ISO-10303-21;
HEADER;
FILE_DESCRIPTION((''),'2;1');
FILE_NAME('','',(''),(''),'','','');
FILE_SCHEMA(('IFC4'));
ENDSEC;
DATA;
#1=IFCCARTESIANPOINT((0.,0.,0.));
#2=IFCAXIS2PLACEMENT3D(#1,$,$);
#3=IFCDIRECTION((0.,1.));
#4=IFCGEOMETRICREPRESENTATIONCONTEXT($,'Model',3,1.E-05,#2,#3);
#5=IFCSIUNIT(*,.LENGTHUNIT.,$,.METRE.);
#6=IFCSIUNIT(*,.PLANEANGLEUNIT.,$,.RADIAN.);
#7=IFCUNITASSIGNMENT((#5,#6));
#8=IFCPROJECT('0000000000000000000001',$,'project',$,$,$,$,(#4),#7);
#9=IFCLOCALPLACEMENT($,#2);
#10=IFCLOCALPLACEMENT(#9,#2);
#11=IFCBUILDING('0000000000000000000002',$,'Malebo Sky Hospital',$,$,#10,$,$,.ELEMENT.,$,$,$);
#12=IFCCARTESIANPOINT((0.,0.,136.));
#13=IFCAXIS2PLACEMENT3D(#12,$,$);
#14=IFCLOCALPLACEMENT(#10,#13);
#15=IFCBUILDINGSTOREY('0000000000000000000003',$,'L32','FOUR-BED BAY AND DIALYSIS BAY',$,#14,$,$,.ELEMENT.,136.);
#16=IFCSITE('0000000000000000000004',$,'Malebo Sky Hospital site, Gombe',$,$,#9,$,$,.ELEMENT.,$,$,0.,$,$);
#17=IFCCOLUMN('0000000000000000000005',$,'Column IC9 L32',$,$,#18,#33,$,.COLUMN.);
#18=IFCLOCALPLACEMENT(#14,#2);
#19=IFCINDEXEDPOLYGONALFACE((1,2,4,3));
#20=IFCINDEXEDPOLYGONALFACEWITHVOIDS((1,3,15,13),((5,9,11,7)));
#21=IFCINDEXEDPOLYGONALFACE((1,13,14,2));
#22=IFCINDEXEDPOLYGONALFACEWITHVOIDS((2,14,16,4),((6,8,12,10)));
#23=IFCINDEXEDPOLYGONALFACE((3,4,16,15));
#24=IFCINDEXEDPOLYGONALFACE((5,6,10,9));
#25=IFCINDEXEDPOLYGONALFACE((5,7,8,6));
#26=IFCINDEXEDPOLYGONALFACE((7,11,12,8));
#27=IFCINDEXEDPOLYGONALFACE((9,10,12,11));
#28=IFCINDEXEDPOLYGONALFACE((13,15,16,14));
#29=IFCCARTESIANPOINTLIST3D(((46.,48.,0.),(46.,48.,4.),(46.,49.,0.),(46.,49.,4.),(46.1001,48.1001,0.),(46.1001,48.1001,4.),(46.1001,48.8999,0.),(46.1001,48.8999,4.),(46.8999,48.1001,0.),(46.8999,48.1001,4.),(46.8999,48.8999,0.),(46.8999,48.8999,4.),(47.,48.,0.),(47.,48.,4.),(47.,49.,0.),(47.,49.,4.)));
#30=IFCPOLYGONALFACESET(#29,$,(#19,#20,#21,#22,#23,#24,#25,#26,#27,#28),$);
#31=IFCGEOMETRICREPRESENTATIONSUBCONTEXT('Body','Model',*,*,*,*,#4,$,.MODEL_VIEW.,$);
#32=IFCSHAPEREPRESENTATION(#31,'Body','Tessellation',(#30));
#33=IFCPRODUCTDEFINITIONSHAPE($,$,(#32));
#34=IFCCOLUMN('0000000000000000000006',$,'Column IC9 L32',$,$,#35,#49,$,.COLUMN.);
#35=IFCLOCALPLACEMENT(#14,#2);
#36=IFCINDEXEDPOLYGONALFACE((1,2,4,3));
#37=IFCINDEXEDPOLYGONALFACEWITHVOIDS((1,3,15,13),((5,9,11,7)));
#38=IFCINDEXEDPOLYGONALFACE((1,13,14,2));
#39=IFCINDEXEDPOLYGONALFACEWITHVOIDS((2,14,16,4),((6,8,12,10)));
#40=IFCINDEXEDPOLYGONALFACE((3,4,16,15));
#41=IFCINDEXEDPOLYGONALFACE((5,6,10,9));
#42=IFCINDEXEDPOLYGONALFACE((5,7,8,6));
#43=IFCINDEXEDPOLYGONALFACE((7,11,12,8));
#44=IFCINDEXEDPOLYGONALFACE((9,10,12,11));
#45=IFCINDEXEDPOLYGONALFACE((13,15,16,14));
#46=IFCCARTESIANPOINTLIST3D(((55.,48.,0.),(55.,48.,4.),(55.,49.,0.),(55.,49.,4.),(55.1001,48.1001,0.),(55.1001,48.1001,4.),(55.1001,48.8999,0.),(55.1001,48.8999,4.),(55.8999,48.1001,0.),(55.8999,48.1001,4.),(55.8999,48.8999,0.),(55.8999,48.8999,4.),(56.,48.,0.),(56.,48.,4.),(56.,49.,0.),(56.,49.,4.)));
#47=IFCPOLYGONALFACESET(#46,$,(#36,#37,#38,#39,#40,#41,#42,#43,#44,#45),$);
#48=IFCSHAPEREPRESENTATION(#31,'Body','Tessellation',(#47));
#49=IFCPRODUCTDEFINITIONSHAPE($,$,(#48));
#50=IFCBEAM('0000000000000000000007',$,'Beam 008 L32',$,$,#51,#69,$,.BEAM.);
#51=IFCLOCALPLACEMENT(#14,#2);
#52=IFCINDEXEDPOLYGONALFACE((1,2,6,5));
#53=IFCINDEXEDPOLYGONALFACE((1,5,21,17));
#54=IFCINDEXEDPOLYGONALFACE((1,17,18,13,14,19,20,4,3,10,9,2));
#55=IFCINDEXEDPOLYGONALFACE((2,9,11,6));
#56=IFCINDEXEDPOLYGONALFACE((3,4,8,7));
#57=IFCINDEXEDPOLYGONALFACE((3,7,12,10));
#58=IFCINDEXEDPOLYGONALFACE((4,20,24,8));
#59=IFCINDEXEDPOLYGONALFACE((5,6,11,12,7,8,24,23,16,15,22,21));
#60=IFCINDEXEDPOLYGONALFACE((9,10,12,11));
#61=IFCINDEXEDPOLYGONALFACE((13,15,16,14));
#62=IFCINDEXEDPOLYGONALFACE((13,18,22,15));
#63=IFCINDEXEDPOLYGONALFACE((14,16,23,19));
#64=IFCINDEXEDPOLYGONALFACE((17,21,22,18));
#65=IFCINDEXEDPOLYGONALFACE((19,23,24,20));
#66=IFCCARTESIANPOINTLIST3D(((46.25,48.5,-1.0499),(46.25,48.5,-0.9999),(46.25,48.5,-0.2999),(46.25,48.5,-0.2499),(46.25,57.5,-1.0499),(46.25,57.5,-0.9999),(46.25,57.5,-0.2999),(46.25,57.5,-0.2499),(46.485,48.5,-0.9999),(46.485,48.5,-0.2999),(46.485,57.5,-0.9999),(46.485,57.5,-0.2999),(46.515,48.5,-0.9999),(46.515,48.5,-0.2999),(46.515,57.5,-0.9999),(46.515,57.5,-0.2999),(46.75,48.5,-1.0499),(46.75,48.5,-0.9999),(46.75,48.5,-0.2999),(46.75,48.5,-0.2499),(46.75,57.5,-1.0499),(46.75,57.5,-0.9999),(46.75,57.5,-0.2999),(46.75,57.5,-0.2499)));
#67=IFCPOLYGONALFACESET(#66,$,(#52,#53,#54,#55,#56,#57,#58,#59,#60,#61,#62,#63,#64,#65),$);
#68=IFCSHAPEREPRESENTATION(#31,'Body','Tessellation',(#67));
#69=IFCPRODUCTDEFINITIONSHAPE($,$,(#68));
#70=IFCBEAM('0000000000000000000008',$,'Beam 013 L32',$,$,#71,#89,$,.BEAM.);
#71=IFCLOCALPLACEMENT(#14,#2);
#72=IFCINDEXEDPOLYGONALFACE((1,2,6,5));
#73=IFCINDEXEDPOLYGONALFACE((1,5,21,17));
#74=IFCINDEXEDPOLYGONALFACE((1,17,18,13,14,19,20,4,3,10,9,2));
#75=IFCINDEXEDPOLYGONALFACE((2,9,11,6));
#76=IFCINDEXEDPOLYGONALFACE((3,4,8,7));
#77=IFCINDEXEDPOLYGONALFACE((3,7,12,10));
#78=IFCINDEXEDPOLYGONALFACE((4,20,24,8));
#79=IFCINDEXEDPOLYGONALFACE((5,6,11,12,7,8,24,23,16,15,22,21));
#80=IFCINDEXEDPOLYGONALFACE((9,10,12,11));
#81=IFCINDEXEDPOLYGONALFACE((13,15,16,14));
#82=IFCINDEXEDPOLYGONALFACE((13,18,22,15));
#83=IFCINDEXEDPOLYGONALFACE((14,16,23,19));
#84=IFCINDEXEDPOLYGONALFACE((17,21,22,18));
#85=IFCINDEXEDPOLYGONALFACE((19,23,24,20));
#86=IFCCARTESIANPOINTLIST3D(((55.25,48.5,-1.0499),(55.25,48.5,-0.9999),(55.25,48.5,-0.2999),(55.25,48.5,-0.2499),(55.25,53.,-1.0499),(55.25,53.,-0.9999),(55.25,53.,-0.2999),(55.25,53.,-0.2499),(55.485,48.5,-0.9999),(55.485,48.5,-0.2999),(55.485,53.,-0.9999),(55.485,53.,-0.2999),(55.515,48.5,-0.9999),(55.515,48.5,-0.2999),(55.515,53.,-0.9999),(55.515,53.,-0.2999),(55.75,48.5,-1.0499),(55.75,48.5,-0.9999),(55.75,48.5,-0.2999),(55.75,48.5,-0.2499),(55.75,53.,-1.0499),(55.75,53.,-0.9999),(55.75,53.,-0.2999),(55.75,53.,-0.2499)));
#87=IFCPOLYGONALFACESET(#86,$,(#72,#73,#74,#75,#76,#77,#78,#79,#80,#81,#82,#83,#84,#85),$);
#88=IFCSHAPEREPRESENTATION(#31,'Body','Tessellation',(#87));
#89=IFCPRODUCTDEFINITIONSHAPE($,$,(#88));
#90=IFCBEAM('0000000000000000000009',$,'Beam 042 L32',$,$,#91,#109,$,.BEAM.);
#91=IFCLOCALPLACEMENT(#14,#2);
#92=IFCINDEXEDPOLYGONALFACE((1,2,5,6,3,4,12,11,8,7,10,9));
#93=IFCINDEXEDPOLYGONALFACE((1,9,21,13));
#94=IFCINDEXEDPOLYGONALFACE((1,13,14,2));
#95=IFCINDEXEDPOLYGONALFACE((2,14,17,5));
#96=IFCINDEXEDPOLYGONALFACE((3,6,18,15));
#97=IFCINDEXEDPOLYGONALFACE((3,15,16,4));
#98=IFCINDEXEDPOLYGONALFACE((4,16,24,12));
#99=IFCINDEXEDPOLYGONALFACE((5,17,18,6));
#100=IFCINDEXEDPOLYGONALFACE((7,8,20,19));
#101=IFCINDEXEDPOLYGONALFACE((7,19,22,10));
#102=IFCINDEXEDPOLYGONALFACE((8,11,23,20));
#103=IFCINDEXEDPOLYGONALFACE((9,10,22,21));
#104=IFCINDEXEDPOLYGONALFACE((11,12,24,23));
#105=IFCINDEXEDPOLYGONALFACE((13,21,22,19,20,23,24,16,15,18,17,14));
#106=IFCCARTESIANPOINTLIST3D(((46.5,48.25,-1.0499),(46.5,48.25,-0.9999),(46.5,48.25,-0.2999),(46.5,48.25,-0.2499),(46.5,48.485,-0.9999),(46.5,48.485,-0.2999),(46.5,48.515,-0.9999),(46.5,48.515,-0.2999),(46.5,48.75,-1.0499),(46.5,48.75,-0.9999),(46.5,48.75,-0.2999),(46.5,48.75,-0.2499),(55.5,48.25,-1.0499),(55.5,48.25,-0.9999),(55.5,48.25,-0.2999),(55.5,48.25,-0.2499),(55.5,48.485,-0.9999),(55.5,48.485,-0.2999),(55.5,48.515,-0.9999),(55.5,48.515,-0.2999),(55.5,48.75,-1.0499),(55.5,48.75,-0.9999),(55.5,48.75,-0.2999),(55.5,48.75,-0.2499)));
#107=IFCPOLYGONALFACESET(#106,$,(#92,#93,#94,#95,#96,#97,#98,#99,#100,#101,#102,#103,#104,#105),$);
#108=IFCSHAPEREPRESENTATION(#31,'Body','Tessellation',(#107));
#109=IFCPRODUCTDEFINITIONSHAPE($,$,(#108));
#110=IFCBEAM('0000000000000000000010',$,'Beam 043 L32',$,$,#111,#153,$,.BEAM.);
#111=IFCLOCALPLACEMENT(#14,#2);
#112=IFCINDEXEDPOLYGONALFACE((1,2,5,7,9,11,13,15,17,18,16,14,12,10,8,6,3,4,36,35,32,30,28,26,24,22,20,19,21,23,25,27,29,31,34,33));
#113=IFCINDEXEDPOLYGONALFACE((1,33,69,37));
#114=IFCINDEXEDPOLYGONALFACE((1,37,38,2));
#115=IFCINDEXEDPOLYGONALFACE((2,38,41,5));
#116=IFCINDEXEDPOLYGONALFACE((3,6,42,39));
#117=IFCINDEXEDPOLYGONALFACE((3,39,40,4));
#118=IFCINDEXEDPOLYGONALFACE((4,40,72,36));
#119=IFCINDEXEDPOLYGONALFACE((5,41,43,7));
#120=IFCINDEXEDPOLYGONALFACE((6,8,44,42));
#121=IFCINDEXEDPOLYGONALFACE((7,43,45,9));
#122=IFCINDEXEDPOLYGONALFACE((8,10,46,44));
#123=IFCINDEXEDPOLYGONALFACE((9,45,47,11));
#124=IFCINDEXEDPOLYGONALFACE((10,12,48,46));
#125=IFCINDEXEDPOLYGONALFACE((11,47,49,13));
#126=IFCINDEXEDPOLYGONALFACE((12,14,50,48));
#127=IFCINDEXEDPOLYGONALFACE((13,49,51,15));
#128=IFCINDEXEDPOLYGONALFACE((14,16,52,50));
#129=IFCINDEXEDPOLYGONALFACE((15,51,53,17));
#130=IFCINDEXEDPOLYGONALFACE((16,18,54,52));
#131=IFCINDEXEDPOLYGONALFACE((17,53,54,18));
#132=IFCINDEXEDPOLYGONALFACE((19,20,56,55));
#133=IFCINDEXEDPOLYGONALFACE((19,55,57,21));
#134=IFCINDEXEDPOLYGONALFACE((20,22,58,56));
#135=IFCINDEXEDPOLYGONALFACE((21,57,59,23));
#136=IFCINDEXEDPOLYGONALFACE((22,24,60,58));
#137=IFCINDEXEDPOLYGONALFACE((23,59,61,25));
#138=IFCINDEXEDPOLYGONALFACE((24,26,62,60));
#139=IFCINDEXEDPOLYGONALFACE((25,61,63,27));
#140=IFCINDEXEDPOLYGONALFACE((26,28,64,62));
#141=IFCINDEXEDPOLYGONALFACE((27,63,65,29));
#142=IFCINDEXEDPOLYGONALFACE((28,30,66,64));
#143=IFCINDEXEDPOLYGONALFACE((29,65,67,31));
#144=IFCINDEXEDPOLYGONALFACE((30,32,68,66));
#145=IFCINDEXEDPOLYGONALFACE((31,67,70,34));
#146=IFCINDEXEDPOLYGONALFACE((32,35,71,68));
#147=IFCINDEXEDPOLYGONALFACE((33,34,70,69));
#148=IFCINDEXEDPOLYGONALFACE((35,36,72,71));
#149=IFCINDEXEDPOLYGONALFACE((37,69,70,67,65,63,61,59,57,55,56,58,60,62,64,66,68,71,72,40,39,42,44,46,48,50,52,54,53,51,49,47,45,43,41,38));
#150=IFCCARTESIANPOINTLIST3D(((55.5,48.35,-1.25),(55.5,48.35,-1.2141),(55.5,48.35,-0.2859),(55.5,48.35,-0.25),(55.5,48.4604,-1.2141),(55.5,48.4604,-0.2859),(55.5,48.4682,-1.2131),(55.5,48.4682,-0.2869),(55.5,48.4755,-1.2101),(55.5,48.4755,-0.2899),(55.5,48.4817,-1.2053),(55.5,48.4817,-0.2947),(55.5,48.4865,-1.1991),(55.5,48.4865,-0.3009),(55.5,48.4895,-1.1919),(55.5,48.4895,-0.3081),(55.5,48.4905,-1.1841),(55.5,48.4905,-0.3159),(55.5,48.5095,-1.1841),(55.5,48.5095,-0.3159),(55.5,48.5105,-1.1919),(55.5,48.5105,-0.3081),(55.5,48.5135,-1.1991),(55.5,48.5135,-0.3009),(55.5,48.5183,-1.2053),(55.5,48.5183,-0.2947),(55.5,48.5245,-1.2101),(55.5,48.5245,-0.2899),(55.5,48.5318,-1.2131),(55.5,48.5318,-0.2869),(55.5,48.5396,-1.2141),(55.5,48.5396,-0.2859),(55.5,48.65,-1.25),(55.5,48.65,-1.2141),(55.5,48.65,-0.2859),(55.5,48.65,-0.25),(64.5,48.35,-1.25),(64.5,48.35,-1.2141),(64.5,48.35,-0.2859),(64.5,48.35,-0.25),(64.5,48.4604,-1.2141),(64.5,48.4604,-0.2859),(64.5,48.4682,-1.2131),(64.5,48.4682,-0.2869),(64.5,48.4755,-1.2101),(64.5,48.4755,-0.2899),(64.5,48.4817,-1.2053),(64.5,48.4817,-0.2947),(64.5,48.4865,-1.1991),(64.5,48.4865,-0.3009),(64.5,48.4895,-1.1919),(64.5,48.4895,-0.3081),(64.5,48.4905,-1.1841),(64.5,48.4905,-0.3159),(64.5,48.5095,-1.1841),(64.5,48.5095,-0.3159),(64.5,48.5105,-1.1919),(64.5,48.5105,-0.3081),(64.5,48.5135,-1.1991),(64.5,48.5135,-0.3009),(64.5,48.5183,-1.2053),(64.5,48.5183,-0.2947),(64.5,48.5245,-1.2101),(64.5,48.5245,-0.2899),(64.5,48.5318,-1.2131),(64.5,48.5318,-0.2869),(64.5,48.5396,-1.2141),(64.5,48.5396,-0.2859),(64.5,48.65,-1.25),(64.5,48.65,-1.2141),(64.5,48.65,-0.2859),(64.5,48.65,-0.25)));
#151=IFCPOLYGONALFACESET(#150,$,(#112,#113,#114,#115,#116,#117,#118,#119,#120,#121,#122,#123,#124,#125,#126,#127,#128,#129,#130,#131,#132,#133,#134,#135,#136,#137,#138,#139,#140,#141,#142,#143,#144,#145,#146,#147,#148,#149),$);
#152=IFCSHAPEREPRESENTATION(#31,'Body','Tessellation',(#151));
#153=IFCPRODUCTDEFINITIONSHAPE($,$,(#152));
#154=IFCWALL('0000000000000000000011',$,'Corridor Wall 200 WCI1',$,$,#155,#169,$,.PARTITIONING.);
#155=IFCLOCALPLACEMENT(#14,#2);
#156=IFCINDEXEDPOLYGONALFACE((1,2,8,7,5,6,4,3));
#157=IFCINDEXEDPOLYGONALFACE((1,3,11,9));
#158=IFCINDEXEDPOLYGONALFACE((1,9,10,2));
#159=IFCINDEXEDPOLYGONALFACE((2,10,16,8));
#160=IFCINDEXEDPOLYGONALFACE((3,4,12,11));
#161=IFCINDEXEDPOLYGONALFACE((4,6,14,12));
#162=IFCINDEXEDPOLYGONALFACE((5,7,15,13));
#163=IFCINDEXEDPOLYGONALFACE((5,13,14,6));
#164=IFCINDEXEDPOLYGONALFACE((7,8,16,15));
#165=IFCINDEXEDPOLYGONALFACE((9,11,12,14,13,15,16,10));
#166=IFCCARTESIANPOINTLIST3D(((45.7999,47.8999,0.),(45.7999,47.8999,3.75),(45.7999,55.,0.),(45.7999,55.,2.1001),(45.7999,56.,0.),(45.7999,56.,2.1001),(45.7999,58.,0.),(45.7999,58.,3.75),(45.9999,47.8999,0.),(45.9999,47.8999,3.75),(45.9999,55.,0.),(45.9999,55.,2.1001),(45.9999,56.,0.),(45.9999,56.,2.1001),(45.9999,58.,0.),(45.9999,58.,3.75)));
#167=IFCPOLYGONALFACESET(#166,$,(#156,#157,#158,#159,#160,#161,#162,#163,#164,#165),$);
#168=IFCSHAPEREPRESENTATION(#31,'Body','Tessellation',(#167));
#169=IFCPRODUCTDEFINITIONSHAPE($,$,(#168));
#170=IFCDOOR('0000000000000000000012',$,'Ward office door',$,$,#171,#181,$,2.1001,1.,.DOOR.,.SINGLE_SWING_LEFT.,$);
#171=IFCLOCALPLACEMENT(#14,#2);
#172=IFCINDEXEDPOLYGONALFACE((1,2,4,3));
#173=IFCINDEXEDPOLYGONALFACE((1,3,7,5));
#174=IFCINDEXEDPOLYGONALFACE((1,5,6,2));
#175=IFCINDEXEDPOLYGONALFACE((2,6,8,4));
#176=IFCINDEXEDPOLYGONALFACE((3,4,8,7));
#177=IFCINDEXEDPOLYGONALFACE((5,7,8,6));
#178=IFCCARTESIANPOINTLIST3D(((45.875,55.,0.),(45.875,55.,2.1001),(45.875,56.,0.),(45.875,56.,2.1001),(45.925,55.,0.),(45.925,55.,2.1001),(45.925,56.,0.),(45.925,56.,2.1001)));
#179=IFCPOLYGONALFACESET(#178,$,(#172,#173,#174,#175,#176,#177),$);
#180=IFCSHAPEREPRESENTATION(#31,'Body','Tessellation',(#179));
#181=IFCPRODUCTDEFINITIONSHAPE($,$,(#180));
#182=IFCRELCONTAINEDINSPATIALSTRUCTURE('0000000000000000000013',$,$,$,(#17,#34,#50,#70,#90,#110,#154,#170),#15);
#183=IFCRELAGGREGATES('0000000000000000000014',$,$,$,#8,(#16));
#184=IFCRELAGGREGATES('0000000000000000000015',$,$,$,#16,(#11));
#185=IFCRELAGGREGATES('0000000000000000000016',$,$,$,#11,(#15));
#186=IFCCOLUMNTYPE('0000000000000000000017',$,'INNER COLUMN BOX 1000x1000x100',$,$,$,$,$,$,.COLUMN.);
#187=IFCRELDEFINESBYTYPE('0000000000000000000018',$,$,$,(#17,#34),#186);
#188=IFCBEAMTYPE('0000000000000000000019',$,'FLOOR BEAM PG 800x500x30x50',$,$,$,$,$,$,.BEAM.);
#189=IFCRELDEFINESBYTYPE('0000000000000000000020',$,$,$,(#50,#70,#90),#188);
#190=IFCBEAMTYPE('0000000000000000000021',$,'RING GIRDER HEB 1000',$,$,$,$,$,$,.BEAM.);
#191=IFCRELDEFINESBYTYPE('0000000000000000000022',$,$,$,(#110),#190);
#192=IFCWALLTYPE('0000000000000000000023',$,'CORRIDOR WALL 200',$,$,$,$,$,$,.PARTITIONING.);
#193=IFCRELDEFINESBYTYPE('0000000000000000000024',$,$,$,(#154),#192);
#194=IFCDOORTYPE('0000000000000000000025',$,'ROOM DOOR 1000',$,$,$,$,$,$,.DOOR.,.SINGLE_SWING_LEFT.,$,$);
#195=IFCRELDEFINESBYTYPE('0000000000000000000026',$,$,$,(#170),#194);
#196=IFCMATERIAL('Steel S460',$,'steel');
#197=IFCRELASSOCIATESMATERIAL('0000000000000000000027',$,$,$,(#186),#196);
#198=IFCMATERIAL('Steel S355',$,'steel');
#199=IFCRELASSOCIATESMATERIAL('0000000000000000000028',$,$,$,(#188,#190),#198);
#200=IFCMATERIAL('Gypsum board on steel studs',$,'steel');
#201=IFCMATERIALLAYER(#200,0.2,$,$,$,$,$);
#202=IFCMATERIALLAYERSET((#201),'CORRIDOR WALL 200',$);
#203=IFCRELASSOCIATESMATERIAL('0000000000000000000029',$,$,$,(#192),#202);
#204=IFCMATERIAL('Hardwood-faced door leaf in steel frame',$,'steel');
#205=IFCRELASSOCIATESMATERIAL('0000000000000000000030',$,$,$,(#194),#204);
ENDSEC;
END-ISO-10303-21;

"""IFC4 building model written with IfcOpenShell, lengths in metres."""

from ifc_helpers import new_model, si_unit, direction, frame, frame_2d, origin, origin_2d, place, context, subcontext, project, spatial, rectangle, hollow_rectangle, i_section, extrude, material, layer, layer_set, material_profile, profile_set, type_object, element, fill, save


model = new_model("IFC4")

# Units and contexts
model_context = context("Model", 3, precision=1e-05, world=origin(), true_north=direction((0.0, 1.0)))
body_context = subcontext(model_context, "Body", "Model", "MODEL_VIEW")
ifc_project = project(units=[si_unit("LENGTHUNIT", "METRE"), si_unit("PLANEANGLEUNIT", "RADIAN")], contexts=[model_context])

# Site, building, storey
site_placement = place(None, origin())
site = spatial("IfcSite", under=ifc_project, at=site_placement, Name="Malebo Sky Hospital site, Gombe", CompositionType="ELEMENT", RefElevation=0.0)
building_placement = place(site_placement, origin())
building = spatial("IfcBuilding", under=site, at=building_placement, Name="Malebo Sky Hospital", CompositionType="ELEMENT")
storey_placement = place(building_placement, frame((0.0, 0.0, 136.0)))
storey = spatial("IfcBuildingStorey", under=building, at=storey_placement, Name="L32", Description="FOUR-BED BAY AND DIALYSIS BAY", CompositionType="ELEMENT", Elevation=136.0)

# Columns
ifc_material_1 = material(Name="Steel S460", Category="steel")
ifc_material_profile_1 = material_profile(ifc_material_1, hollow_rectangle(XDim=1.0, YDim=1.0, WallThickness=0.1001, at=origin_2d()), Name="BOX 1000x1000x100")
ifc_profile_set_1 = profile_set([ifc_material_profile_1], Name="Steel S460")
column_type = type_object("IfcColumnType", Name="INNER COLUMN BOX 1000x1000x100", PredefinedType="COLUMN", material=ifc_profile_set_1)
for number, where, z_axis, x_axis, name in (
    (1, (46.5, 48.5, 0.0), (0.0, 0.0, 1.0), (1.0, 0.0, 0.0), "Column IC9 L32"),
    (2, (55.5, 48.5, 0.0), (0.0, 0.0, 1.0), (1.0, 0.0, 0.0), "Column IC9 L32"),
):
    element("IfcColumn", number, at=place(storey_placement, frame(where, z_axis=z_axis, x_axis=x_axis)), inside=storey, type_object=column_type, Name=name, PredefinedType="COLUMN", context=body_context, shape_type="SweptSolid", body=[
        extrude(hollow_rectangle(XDim=1.0, YDim=1.0, WallThickness=0.1001, at=origin_2d()), origin(), (0.0, 0.0, 1.0), 4.0),
    ])

# Beams
ifc_material_2 = material(Name="Steel S355", Category="steel")
ifc_material_profile_2 = material_profile(ifc_material_2, i_section(OverallWidth=0.5, OverallDepth=0.8, WebThickness=0.03, FlangeThickness=0.05, at=origin_2d()), Name="PG 800x500x30x50")
ifc_profile_set_2 = profile_set([ifc_material_profile_2], Name="Steel S355")
beam_type_1 = type_object("IfcBeamType", Name="FLOOR BEAM PG 800x500x30x50", PredefinedType="BEAM", material=ifc_profile_set_2)
beam_1_placement = place(storey_placement, frame((46.5, 48.5, -0.6499), z_axis=(0.0, 1.0, 0.0), x_axis=(-1.0, 0.0, 0.0)))
element("IfcBeam", 3, at=beam_1_placement, inside=storey, type_object=beam_type_1, Name="Beam 008 L32", PredefinedType="BEAM", context=body_context, shape_type="SweptSolid", body=[
    extrude(i_section(OverallWidth=0.5, OverallDepth=0.8, WebThickness=0.03, FlangeThickness=0.05, at=origin_2d()), origin(), (0.0, 0.0, 1.0), 9.0),
])
beam_2_placement = place(storey_placement, frame((55.5, 48.5, -0.6499), z_axis=(0.0, 1.0, 0.0), x_axis=(-1.0, 0.0, 0.0)))
element("IfcBeam", 4, at=beam_2_placement, inside=storey, type_object=beam_type_1, Name="Beam 013 L32", PredefinedType="BEAM", context=body_context, shape_type="SweptSolid", body=[
    extrude(i_section(OverallWidth=0.5, OverallDepth=0.8, WebThickness=0.03, FlangeThickness=0.05, at=origin_2d()), origin(), (0.0, 0.0, 1.0), 4.5),
])
beam_3_placement = place(storey_placement, frame((46.5, 48.5, -0.6499), z_axis=(1.0, 0.0, 0.0), x_axis=(0.0, 1.0, 0.0)))
element("IfcBeam", 5, at=beam_3_placement, inside=storey, type_object=beam_type_1, Name="Beam 042 L32", PredefinedType="BEAM", context=body_context, shape_type="SweptSolid", body=[
    extrude(i_section(OverallWidth=0.5, OverallDepth=0.8, WebThickness=0.03, FlangeThickness=0.05, at=origin_2d()), origin(), (0.0, 0.0, 1.0), 9.0),
])
ifc_material_profile_3 = material_profile(ifc_material_2, i_section(OverallWidth=0.3, OverallDepth=1.0, WebThickness=0.019, FlangeThickness=0.0359, FilletRadius=0.03, at=origin_2d()), Name="HEB 1000")
ifc_profile_set_3 = profile_set([ifc_material_profile_3], Name="Steel S355")
beam_type_2 = type_object("IfcBeamType", Name="RING GIRDER HEB 1000", PredefinedType="BEAM", material=ifc_profile_set_3)
beam_4_placement = place(storey_placement, frame((55.5, 48.5, -0.75), z_axis=(1.0, 0.0, 0.0), x_axis=(0.0, 1.0, 0.0)))
element("IfcBeam", 6, at=beam_4_placement, inside=storey, type_object=beam_type_2, Name="Beam 043 L32", PredefinedType="BEAM", context=body_context, shape_type="SweptSolid", body=[
    extrude(i_section(OverallWidth=0.3, OverallDepth=1.0, WebThickness=0.019, FlangeThickness=0.0359, FilletRadius=0.03, at=origin_2d()), origin(), (0.0, 0.0, 1.0), 9.0),
])

# Wall, opening, door
ifc_material_3 = material(Name="Gypsum board on steel studs", Category="steel")
ifc_layer_1 = layer(ifc_material_3, 0.2)
ifc_layer_set_1 = layer_set([ifc_layer_1], Name="CORRIDOR WALL 200")
wall_type_1 = type_object("IfcWallType", Name="CORRIDOR WALL 200", PredefinedType="PARTITIONING", material=ifc_layer_set_1)
wall_1_placement = place(storey_placement, frame((45.8999, 47.8999, 0.0), z_axis=(0.0, 0.0, 1.0), x_axis=(0.0, 1.0, 0.0)))
wall_1 = element("IfcWall", 7, at=wall_1_placement, inside=storey, type_object=wall_type_1, Name="Corridor Wall 200 WCI1", PredefinedType="PARTITIONING", context=body_context, shape_type="SweptSolid", body=[
    extrude(rectangle(XDim=10.1001, YDim=0.2, at=frame_2d((5.05, 0.0))), origin(), (0.0, 0.0, 1.0), 3.75),
])
opening_1_placement = place(wall_1_placement, frame((7.1001, 0.0, 0.0)))
opening_1 = element("IfcOpeningElement", 8, at=opening_1_placement, cuts=wall_1, PredefinedType="OPENING", context=body_context, shape_type="SweptSolid", body=[
    extrude(rectangle(XDim=1.0, YDim=2.1001, at=frame_2d((0.5, 1.05))), frame((0.0, 0.1099, 0.0), z_axis=(0.0, -1.0, 0.0), x_axis=(1.0, 0.0, 0.0)), (0.0, 0.0, 1.0), 0.22),
])
ifc_material_4 = material(Name="Hardwood-faced door leaf in steel frame", Category="steel")
door_type = type_object("IfcDoorType", Name="ROOM DOOR 1000", OperationType="SINGLE_SWING_LEFT", PredefinedType="DOOR", material=ifc_material_4)
door_1_placement = place(opening_1_placement, origin())
door_1 = element("IfcDoor", 9, at=door_1_placement, inside=storey, type_object=door_type, Name="Ward office door", OperationType="SINGLE_SWING_LEFT", OverallHeight=2.1001, OverallWidth=1.0, PredefinedType="DOOR", context=body_context, shape_type="SweptSolid", body=[
    extrude(rectangle(XDim=1.0, YDim=2.1001, at=frame_2d((0.5, 1.05))), frame((0.0, 0.0249, 0.0), z_axis=(0.0, -1.0, 0.0), x_axis=(1.0, 0.0, 0.0)), (0.0, 0.0, 1.0), 0.05),
])
fill(opening_1, door_1)

save(model, "model.ifc")
